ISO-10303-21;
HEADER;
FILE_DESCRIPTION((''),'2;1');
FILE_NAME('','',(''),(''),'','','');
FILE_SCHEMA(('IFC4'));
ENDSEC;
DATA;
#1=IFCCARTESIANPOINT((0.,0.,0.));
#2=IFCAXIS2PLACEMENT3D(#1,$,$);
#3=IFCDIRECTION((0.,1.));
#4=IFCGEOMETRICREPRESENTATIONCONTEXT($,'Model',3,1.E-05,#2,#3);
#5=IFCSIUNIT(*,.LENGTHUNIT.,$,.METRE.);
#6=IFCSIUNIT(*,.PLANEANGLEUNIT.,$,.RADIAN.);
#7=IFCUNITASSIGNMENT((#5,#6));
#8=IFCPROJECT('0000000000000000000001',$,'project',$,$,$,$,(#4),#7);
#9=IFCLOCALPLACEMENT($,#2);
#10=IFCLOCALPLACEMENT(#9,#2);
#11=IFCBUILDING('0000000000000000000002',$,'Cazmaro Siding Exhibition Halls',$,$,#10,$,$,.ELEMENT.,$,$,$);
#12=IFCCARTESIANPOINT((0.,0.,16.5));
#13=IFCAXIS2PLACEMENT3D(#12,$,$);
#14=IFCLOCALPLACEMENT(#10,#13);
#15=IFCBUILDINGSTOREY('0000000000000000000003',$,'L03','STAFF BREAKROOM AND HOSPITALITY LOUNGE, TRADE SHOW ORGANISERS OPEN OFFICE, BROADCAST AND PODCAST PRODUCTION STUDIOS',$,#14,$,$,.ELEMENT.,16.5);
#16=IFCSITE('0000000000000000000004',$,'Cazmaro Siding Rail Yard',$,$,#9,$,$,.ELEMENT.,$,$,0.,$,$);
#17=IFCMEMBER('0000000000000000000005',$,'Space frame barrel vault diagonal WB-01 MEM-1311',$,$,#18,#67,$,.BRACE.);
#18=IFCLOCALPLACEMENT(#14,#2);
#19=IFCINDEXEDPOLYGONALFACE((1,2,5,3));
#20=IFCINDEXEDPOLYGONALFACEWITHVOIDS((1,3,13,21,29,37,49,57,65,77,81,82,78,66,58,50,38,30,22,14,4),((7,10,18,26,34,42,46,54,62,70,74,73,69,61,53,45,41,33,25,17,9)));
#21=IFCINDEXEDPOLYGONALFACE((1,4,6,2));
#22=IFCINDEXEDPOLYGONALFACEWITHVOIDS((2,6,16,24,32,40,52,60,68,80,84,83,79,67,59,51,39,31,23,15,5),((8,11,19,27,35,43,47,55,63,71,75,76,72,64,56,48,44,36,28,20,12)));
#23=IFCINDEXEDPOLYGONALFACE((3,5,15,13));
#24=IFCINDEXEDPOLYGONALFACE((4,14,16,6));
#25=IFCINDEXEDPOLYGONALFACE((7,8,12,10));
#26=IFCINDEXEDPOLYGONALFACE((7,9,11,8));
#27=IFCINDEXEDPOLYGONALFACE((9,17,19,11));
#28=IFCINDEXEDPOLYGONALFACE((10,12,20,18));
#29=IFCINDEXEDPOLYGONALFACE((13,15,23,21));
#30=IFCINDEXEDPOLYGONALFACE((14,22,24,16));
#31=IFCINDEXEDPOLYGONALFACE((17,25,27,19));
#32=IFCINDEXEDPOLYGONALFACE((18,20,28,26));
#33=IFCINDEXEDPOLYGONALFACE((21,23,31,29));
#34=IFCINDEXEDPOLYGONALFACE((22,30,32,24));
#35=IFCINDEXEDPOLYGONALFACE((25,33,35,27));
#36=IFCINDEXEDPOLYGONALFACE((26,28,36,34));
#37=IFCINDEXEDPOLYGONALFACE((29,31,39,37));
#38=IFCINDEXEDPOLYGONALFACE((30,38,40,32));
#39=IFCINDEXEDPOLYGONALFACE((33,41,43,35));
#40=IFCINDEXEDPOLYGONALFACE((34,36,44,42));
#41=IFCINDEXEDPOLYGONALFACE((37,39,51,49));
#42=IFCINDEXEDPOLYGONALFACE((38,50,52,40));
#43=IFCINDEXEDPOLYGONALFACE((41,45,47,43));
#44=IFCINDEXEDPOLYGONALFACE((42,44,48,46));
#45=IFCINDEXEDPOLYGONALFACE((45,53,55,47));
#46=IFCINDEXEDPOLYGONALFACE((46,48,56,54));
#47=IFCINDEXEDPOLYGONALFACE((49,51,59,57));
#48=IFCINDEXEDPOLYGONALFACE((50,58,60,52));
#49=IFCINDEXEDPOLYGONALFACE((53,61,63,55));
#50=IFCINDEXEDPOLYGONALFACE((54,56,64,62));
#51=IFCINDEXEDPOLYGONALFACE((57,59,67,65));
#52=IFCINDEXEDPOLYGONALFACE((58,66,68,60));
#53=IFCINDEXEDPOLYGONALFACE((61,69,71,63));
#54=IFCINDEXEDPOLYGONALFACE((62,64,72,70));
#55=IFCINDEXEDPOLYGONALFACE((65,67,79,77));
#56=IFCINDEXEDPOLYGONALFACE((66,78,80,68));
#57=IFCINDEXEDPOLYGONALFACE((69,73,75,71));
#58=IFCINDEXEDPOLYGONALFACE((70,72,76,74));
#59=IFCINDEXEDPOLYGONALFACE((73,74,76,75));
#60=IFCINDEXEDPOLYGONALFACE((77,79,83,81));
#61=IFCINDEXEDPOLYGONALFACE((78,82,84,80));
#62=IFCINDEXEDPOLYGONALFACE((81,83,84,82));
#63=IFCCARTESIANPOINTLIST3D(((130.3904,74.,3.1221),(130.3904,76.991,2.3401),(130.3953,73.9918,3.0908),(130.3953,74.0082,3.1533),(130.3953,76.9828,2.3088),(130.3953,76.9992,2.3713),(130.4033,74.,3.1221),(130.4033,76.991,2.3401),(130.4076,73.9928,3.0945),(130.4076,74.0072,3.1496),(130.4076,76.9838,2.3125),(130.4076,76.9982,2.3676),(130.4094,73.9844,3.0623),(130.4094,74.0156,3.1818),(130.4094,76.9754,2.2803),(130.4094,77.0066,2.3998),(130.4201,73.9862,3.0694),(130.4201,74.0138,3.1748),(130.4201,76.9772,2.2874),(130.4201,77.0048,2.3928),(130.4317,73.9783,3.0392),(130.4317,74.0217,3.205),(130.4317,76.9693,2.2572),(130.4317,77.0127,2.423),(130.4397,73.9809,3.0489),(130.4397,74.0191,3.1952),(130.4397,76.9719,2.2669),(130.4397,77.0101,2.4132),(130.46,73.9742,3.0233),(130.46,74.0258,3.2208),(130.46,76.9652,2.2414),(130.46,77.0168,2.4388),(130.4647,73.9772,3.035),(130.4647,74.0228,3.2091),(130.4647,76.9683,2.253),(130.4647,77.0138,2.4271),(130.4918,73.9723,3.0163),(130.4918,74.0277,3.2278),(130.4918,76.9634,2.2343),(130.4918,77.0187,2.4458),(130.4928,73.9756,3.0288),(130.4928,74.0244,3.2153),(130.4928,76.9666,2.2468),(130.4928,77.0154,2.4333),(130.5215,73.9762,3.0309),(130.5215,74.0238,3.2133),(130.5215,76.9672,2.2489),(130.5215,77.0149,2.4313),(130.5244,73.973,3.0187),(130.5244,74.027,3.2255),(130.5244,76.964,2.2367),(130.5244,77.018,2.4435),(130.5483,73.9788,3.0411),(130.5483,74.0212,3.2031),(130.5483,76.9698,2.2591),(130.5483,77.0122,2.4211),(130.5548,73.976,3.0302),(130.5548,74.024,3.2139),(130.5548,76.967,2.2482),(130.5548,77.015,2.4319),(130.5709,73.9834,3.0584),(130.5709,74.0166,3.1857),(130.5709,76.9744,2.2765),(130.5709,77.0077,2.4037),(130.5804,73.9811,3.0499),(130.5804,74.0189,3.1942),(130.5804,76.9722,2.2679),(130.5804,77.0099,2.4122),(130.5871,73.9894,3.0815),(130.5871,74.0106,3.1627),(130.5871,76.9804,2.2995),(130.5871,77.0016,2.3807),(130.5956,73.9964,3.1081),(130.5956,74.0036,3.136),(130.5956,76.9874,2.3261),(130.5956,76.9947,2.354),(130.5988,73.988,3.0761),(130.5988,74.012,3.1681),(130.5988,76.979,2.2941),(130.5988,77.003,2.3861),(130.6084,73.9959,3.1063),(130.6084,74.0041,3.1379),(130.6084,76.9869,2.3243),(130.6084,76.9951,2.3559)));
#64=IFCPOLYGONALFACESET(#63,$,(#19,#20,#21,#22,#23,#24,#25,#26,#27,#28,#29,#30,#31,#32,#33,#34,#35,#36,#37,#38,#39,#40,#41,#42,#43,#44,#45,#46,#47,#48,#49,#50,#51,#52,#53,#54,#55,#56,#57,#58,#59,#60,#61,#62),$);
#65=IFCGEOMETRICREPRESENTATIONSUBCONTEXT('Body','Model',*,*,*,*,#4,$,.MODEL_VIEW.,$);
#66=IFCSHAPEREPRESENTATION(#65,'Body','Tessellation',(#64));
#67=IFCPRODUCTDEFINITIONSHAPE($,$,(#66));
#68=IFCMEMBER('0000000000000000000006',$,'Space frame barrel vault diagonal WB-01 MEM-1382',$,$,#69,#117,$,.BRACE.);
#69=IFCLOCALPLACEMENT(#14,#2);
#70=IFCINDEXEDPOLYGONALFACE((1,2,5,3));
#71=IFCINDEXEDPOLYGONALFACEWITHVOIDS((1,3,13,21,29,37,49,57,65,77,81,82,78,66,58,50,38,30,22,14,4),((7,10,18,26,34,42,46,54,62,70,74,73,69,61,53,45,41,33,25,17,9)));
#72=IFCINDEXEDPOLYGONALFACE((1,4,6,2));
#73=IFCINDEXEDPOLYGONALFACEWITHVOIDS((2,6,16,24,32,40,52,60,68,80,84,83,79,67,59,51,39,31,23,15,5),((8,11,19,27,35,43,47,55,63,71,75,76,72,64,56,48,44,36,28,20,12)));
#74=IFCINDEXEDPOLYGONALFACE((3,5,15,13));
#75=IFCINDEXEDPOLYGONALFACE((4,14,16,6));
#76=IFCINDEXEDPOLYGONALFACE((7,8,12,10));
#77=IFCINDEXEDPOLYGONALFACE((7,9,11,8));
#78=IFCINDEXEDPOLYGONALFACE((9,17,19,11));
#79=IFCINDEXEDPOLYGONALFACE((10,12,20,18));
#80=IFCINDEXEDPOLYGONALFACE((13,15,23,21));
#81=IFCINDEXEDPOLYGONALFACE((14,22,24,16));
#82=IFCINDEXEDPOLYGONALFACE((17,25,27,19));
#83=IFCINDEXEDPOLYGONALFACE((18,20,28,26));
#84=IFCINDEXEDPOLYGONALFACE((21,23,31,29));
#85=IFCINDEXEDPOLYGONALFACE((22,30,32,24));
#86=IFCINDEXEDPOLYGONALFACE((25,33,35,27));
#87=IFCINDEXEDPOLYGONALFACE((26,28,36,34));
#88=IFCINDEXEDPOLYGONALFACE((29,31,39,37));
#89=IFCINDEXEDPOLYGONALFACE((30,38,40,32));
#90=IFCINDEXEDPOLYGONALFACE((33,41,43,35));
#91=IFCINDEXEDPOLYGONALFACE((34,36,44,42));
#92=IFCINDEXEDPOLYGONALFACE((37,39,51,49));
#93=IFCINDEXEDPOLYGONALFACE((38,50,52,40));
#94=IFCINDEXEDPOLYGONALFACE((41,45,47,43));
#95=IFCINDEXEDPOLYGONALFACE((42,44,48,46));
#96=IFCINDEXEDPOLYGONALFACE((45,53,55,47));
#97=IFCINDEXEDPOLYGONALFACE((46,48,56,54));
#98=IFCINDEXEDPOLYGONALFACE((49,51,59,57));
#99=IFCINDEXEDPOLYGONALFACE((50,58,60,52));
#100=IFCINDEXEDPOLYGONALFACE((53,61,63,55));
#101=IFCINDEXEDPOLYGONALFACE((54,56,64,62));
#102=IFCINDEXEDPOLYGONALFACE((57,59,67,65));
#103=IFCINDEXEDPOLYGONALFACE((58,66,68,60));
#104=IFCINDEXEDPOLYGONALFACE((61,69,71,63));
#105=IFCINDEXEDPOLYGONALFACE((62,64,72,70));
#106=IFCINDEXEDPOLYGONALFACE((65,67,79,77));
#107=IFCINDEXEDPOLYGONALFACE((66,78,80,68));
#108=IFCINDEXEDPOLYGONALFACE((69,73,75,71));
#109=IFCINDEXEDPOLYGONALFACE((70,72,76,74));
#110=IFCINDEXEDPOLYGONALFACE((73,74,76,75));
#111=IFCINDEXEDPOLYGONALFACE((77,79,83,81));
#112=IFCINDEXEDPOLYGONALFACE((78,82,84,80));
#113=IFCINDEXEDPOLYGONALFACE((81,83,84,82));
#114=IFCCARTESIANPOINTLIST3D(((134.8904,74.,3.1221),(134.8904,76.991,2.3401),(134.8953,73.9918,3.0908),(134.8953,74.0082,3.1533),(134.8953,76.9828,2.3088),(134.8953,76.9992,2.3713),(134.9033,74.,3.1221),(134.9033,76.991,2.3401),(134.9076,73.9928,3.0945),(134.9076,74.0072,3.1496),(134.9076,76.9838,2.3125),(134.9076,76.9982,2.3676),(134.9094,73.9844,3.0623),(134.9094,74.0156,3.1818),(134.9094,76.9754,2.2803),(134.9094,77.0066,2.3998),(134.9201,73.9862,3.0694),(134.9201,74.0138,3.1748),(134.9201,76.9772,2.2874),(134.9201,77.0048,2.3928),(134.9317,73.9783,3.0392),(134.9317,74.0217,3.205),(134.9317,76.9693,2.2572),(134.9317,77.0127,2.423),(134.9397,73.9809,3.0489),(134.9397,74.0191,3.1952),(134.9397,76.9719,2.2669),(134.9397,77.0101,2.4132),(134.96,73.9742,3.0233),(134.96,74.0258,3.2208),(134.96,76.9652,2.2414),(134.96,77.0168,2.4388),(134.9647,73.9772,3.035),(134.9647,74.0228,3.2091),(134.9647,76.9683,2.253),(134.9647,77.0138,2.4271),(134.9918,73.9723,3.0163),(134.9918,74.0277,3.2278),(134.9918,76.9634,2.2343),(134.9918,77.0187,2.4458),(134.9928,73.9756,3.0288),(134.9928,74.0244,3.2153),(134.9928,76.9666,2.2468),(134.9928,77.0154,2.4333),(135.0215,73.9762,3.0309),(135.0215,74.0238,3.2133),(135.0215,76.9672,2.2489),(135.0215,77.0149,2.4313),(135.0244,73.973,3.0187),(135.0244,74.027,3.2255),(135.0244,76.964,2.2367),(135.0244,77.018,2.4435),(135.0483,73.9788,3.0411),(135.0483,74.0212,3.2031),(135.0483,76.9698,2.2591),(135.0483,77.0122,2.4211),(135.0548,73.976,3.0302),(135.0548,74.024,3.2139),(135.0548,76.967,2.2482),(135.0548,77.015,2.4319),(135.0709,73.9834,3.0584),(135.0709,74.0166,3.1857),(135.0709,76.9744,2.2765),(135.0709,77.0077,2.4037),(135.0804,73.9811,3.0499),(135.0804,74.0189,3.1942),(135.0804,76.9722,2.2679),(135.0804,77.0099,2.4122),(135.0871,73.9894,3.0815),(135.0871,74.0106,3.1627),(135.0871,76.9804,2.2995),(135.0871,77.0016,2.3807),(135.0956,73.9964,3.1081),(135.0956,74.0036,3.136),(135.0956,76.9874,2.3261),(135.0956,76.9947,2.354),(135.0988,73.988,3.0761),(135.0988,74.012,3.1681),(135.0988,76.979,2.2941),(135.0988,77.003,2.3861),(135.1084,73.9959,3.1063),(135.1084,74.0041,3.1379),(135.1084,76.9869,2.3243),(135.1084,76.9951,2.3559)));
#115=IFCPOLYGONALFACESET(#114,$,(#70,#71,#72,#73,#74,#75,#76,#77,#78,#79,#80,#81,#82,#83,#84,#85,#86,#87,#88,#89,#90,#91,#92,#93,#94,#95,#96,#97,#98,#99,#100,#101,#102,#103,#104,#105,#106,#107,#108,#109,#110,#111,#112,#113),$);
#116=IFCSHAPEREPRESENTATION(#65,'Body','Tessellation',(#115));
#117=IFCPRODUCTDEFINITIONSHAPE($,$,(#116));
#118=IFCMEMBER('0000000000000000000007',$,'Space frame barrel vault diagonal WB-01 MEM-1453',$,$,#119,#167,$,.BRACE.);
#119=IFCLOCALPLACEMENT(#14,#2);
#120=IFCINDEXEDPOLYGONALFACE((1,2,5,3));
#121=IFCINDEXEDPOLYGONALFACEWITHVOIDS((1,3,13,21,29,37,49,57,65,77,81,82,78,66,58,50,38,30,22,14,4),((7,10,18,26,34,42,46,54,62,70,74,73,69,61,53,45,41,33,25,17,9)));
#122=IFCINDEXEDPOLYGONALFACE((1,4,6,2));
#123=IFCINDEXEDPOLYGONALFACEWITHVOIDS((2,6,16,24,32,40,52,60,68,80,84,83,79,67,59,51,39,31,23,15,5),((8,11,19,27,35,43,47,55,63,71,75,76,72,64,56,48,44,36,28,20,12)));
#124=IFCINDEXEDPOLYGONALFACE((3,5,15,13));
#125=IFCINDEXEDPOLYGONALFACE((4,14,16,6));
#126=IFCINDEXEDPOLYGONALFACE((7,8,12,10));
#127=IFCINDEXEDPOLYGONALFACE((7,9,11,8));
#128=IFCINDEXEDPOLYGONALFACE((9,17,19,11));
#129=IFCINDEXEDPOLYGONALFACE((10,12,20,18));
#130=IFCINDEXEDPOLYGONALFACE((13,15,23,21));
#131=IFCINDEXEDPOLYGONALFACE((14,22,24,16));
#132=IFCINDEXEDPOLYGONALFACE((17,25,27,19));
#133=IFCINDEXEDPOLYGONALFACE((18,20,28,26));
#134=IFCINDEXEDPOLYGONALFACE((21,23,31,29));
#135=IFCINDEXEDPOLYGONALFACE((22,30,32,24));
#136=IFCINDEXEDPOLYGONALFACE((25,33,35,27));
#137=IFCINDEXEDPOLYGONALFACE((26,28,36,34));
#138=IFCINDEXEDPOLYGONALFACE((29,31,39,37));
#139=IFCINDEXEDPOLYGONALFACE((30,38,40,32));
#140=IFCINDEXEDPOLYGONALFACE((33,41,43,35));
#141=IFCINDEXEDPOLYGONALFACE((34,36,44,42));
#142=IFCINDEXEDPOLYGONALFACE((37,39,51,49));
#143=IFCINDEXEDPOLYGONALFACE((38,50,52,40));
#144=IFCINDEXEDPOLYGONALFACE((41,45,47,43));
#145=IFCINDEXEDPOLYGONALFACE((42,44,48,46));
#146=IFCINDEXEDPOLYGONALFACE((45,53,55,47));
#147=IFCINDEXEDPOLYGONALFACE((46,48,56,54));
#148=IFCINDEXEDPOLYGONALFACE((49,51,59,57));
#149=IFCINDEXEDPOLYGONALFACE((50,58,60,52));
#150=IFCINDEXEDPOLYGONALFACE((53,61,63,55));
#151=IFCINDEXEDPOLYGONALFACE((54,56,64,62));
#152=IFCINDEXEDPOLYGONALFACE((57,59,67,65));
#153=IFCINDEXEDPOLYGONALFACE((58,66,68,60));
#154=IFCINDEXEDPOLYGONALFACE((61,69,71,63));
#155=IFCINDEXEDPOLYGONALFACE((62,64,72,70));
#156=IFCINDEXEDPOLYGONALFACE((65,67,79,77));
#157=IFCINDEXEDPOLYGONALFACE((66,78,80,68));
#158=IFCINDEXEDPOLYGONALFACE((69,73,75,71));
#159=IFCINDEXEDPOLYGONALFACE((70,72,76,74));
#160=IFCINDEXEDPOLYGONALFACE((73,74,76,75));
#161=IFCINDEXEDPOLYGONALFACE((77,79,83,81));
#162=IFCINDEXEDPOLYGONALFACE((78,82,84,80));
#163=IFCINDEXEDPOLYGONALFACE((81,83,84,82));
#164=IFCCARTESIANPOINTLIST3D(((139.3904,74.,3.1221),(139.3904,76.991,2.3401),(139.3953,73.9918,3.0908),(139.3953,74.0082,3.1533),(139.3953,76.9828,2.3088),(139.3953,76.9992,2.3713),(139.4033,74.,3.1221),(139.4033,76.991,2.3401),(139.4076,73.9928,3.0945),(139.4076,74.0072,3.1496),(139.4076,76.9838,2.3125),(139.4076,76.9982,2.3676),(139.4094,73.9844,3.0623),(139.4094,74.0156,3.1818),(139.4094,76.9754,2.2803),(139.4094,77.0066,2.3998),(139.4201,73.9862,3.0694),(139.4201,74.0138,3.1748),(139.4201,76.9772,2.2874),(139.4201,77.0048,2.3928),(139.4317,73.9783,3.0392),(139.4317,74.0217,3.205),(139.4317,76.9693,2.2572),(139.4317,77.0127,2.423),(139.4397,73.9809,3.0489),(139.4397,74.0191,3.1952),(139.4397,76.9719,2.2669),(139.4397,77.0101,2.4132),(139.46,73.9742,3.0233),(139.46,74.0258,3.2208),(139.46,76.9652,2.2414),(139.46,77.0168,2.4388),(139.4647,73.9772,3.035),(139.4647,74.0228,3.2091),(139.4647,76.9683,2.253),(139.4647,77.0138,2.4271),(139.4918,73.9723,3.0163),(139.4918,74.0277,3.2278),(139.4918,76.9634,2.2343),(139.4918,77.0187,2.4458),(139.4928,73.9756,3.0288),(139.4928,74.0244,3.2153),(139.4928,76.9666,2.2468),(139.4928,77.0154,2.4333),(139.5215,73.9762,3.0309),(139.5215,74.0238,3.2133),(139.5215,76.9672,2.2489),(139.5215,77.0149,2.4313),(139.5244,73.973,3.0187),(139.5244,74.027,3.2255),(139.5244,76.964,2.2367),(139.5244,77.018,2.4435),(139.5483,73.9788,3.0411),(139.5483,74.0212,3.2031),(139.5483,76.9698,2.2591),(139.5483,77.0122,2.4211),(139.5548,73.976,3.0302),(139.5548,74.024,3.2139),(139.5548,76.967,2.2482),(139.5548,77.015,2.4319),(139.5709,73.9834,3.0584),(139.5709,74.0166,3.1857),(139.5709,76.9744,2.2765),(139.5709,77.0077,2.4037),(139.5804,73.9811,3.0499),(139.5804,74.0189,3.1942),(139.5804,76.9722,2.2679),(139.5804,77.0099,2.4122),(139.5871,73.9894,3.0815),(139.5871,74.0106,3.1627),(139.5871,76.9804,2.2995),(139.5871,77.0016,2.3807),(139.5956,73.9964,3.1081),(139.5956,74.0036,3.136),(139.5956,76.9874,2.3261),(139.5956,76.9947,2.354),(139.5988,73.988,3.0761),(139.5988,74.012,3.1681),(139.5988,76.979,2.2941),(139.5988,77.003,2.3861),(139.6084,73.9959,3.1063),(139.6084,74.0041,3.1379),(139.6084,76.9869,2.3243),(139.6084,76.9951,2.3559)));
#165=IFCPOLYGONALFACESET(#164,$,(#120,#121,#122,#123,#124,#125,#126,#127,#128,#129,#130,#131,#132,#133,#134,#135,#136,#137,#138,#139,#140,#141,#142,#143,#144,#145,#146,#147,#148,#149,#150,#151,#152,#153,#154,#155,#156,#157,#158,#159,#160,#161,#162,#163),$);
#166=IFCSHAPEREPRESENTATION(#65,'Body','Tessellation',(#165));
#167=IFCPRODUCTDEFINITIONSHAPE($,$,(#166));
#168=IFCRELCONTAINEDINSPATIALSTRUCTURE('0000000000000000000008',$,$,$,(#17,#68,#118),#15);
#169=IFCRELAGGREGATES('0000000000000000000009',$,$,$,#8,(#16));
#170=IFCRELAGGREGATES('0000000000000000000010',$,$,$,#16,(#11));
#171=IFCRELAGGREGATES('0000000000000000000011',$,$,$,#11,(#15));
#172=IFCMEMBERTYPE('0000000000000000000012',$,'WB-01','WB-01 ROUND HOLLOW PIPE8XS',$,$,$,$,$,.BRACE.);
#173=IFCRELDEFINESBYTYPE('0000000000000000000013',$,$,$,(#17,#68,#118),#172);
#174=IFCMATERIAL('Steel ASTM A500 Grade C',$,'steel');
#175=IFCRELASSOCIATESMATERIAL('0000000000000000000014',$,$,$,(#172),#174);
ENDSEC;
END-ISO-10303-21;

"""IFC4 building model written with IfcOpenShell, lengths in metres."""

from ifc_helpers import new_model, si_unit, direction, frame, origin, origin_2d, place, context, subcontext, project, spatial, hollow_circle, extrude, material, material_profile, profile_set, type_object, element, save


model = new_model("IFC4")

# Units and contexts
model_context = context("Model", 3, precision=1e-05, world=origin(), true_north=direction((0.0, 1.0)))
body_context = subcontext(model_context, "Body", "Model", "MODEL_VIEW")
ifc_project = project(units=[si_unit("LENGTHUNIT", "METRE"), si_unit("PLANEANGLEUNIT", "RADIAN")], contexts=[model_context])

# Site, building, storey
site_placement = place(None, origin())
site = spatial("IfcSite", under=ifc_project, at=site_placement, Name="Cazmaro Siding Rail Yard", CompositionType="ELEMENT", RefElevation=0.0)
building_placement = place(site_placement, origin())
building = spatial("IfcBuilding", under=site, at=building_placement, Name="Cazmaro Siding Exhibition Halls", CompositionType="ELEMENT")
storey_placement = place(building_placement, frame((0.0, 0.0, 16.5)))
storey = spatial("IfcBuildingStorey", under=building, at=storey_placement, Name="L03", Description="STAFF BREAKROOM AND HOSPITALITY LOUNGE, TRADE SHOW ORGANISERS OPEN OFFICE, BROADCAST AND PODCAST PRODUCTION STUDIOS", CompositionType="ELEMENT", Elevation=16.5)

# Members
ifc_material_1 = material(Name="Steel ASTM A500 Grade C", Category="steel")
ifc_material_profile_1 = material_profile(ifc_material_1, hollow_circle(Radius=0.1096, WallThickness=0.0129, at=origin_2d()), Name="PIPE8XS")
ifc_profile_set_1 = profile_set([ifc_material_profile_1], Name="Steel ASTM A500 Grade C")
member_type_1 = type_object("IfcMemberType", Name="WB-01", Description="WB-01 ROUND HOLLOW PIPE8XS", PredefinedType="BRACE", material=ifc_profile_set_1)
for number, where, z_axis, x_axis, name in (
    (1, (130.5, 74.0, 3.1221), (0.0, 0.96748, -0.252946), (-1.0, 0.0, 0.0), "Space frame barrel vault diagonal WB-01 MEM-1311"),
    (2, (135.0, 74.0, 3.1221), (0.0, 0.96748, -0.252946), (-1.0, 0.0, 0.0), "Space frame barrel vault diagonal WB-01 MEM-1382"),
    (3, (139.5, 74.0, 3.1221), (0.0, 0.96748, -0.252946), (-1.0, 0.0, 0.0), "Space frame barrel vault diagonal WB-01 MEM-1453"),
):
    element("IfcMember", number, at=place(storey_placement, frame(where, z_axis=z_axis, x_axis=x_axis)), inside=storey, type_object=member_type_1, Name=name, PredefinedType="BRACE", context=body_context, shape_type="SweptSolid", body=[
        extrude(hollow_circle(Radius=0.1096, WallThickness=0.0129, at=origin_2d()), origin(), (0.0, 0.0, 1.0), 3.0916),
    ])

save(model, "model.ifc")
